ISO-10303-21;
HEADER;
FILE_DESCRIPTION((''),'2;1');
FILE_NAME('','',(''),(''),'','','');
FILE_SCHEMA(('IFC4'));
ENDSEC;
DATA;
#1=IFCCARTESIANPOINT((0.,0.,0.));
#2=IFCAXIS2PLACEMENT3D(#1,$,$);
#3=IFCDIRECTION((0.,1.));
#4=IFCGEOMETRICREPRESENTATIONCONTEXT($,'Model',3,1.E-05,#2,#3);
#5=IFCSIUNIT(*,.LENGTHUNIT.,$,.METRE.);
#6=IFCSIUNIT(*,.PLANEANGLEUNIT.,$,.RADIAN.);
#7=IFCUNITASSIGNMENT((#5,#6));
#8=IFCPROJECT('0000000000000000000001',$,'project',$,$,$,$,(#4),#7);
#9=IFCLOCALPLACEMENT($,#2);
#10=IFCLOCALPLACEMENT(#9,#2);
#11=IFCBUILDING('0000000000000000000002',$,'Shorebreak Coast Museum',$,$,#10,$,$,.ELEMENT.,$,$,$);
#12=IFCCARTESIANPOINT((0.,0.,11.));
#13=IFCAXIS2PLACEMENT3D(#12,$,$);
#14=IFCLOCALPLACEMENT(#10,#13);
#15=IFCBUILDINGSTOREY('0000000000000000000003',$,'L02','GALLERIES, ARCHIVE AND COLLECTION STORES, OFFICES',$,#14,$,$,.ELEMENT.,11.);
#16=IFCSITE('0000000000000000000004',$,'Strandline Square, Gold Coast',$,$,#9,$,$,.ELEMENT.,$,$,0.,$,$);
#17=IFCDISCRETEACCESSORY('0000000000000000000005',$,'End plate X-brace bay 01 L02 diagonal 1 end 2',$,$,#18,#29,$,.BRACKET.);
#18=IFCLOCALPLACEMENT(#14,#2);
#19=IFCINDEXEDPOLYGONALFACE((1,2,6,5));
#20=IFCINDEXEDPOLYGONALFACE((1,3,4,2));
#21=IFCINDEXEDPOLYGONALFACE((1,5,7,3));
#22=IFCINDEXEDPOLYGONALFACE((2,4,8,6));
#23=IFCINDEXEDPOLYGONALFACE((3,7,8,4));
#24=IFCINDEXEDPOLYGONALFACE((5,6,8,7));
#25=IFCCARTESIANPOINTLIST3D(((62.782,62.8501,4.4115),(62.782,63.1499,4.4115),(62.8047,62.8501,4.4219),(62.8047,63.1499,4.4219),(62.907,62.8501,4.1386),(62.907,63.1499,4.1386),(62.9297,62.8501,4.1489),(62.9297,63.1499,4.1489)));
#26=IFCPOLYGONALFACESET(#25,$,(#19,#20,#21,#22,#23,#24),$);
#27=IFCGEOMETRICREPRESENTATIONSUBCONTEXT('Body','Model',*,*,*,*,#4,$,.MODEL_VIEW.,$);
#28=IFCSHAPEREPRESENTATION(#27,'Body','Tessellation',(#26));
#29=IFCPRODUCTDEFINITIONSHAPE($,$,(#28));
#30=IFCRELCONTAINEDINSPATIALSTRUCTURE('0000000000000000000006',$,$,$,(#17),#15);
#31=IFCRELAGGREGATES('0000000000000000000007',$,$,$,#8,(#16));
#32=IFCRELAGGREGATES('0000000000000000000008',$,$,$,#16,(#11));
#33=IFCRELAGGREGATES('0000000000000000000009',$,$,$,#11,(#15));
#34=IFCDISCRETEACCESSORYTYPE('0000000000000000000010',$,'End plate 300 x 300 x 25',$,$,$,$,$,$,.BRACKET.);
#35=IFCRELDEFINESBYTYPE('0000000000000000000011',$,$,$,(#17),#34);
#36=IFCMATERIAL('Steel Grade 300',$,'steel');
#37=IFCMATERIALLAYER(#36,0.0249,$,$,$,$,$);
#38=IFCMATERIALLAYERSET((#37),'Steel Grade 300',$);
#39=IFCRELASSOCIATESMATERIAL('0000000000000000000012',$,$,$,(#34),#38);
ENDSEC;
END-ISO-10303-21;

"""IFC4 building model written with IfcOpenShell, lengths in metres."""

from ifc_helpers import new_model, si_unit, direction, frame, origin, place, context, subcontext, project, spatial, polyline, outline, extrude, material, layer, layer_set, type_object, element, save


model = new_model("IFC4")

# Units and contexts
model_context = context("Model", 3, precision=1e-05, world=origin(), true_north=direction((0.0, 1.0)))
body_context = subcontext(model_context, "Body", "Model", "MODEL_VIEW")
ifc_project = project(units=[si_unit("LENGTHUNIT", "METRE"), si_unit("PLANEANGLEUNIT", "RADIAN")], contexts=[model_context])

# Site, building, storey
site_placement = place(None, origin())
site = spatial("IfcSite", under=ifc_project, at=site_placement, Name="Strandline Square, Gold Coast", CompositionType="ELEMENT", RefElevation=0.0)
building_placement = place(site_placement, origin())
building = spatial("IfcBuilding", under=site, at=building_placement, Name="Shorebreak Coast Museum", CompositionType="ELEMENT")
storey_placement = place(building_placement, frame((0.0, 0.0, 11.0)))
storey = spatial("IfcBuildingStorey", under=building, at=storey_placement, Name="L02", Description="GALLERIES, ARCHIVE AND COLLECTION STORES, OFFICES", CompositionType="ELEMENT", Elevation=11.0)

# Discrete accessory
ifc_material_1 = material(Name="Steel Grade 300", Category="steel")
ifc_layer_1 = layer(ifc_material_1, 0.0249)
ifc_layer_set_1 = layer_set([ifc_layer_1], Name="Steel Grade 300")
discrete_accessory_type = type_object("IfcDiscreteAccessoryType", Name="End plate 300 x 300 x 25", PredefinedType="BRACKET", material=ifc_layer_set_1)
discrete_accessory_placement = place(storey_placement, frame((62.9297, 62.8501, 4.1489), z_axis=(0.909193, 0.0, 0.416375), x_axis=(0.0, 1.0, 0.0)))
element("IfcDiscreteAccessory", 1, at=discrete_accessory_placement, inside=storey, type_object=discrete_accessory_type, Name="End plate X-brace bay 01 L02 diagonal 1 end 2", PredefinedType="BRACKET", context=body_context, shape_type="SweptSolid", body=[
    extrude(outline(polyline([(0.0, 0.0), (0.2998, 0.0), (0.2998, 0.3002), (0.0, 0.3002), (0.0, 0.0)])), origin(), (0.0, 0.0, -1.0), 0.0249),
])

save(model, "model.ifc")
